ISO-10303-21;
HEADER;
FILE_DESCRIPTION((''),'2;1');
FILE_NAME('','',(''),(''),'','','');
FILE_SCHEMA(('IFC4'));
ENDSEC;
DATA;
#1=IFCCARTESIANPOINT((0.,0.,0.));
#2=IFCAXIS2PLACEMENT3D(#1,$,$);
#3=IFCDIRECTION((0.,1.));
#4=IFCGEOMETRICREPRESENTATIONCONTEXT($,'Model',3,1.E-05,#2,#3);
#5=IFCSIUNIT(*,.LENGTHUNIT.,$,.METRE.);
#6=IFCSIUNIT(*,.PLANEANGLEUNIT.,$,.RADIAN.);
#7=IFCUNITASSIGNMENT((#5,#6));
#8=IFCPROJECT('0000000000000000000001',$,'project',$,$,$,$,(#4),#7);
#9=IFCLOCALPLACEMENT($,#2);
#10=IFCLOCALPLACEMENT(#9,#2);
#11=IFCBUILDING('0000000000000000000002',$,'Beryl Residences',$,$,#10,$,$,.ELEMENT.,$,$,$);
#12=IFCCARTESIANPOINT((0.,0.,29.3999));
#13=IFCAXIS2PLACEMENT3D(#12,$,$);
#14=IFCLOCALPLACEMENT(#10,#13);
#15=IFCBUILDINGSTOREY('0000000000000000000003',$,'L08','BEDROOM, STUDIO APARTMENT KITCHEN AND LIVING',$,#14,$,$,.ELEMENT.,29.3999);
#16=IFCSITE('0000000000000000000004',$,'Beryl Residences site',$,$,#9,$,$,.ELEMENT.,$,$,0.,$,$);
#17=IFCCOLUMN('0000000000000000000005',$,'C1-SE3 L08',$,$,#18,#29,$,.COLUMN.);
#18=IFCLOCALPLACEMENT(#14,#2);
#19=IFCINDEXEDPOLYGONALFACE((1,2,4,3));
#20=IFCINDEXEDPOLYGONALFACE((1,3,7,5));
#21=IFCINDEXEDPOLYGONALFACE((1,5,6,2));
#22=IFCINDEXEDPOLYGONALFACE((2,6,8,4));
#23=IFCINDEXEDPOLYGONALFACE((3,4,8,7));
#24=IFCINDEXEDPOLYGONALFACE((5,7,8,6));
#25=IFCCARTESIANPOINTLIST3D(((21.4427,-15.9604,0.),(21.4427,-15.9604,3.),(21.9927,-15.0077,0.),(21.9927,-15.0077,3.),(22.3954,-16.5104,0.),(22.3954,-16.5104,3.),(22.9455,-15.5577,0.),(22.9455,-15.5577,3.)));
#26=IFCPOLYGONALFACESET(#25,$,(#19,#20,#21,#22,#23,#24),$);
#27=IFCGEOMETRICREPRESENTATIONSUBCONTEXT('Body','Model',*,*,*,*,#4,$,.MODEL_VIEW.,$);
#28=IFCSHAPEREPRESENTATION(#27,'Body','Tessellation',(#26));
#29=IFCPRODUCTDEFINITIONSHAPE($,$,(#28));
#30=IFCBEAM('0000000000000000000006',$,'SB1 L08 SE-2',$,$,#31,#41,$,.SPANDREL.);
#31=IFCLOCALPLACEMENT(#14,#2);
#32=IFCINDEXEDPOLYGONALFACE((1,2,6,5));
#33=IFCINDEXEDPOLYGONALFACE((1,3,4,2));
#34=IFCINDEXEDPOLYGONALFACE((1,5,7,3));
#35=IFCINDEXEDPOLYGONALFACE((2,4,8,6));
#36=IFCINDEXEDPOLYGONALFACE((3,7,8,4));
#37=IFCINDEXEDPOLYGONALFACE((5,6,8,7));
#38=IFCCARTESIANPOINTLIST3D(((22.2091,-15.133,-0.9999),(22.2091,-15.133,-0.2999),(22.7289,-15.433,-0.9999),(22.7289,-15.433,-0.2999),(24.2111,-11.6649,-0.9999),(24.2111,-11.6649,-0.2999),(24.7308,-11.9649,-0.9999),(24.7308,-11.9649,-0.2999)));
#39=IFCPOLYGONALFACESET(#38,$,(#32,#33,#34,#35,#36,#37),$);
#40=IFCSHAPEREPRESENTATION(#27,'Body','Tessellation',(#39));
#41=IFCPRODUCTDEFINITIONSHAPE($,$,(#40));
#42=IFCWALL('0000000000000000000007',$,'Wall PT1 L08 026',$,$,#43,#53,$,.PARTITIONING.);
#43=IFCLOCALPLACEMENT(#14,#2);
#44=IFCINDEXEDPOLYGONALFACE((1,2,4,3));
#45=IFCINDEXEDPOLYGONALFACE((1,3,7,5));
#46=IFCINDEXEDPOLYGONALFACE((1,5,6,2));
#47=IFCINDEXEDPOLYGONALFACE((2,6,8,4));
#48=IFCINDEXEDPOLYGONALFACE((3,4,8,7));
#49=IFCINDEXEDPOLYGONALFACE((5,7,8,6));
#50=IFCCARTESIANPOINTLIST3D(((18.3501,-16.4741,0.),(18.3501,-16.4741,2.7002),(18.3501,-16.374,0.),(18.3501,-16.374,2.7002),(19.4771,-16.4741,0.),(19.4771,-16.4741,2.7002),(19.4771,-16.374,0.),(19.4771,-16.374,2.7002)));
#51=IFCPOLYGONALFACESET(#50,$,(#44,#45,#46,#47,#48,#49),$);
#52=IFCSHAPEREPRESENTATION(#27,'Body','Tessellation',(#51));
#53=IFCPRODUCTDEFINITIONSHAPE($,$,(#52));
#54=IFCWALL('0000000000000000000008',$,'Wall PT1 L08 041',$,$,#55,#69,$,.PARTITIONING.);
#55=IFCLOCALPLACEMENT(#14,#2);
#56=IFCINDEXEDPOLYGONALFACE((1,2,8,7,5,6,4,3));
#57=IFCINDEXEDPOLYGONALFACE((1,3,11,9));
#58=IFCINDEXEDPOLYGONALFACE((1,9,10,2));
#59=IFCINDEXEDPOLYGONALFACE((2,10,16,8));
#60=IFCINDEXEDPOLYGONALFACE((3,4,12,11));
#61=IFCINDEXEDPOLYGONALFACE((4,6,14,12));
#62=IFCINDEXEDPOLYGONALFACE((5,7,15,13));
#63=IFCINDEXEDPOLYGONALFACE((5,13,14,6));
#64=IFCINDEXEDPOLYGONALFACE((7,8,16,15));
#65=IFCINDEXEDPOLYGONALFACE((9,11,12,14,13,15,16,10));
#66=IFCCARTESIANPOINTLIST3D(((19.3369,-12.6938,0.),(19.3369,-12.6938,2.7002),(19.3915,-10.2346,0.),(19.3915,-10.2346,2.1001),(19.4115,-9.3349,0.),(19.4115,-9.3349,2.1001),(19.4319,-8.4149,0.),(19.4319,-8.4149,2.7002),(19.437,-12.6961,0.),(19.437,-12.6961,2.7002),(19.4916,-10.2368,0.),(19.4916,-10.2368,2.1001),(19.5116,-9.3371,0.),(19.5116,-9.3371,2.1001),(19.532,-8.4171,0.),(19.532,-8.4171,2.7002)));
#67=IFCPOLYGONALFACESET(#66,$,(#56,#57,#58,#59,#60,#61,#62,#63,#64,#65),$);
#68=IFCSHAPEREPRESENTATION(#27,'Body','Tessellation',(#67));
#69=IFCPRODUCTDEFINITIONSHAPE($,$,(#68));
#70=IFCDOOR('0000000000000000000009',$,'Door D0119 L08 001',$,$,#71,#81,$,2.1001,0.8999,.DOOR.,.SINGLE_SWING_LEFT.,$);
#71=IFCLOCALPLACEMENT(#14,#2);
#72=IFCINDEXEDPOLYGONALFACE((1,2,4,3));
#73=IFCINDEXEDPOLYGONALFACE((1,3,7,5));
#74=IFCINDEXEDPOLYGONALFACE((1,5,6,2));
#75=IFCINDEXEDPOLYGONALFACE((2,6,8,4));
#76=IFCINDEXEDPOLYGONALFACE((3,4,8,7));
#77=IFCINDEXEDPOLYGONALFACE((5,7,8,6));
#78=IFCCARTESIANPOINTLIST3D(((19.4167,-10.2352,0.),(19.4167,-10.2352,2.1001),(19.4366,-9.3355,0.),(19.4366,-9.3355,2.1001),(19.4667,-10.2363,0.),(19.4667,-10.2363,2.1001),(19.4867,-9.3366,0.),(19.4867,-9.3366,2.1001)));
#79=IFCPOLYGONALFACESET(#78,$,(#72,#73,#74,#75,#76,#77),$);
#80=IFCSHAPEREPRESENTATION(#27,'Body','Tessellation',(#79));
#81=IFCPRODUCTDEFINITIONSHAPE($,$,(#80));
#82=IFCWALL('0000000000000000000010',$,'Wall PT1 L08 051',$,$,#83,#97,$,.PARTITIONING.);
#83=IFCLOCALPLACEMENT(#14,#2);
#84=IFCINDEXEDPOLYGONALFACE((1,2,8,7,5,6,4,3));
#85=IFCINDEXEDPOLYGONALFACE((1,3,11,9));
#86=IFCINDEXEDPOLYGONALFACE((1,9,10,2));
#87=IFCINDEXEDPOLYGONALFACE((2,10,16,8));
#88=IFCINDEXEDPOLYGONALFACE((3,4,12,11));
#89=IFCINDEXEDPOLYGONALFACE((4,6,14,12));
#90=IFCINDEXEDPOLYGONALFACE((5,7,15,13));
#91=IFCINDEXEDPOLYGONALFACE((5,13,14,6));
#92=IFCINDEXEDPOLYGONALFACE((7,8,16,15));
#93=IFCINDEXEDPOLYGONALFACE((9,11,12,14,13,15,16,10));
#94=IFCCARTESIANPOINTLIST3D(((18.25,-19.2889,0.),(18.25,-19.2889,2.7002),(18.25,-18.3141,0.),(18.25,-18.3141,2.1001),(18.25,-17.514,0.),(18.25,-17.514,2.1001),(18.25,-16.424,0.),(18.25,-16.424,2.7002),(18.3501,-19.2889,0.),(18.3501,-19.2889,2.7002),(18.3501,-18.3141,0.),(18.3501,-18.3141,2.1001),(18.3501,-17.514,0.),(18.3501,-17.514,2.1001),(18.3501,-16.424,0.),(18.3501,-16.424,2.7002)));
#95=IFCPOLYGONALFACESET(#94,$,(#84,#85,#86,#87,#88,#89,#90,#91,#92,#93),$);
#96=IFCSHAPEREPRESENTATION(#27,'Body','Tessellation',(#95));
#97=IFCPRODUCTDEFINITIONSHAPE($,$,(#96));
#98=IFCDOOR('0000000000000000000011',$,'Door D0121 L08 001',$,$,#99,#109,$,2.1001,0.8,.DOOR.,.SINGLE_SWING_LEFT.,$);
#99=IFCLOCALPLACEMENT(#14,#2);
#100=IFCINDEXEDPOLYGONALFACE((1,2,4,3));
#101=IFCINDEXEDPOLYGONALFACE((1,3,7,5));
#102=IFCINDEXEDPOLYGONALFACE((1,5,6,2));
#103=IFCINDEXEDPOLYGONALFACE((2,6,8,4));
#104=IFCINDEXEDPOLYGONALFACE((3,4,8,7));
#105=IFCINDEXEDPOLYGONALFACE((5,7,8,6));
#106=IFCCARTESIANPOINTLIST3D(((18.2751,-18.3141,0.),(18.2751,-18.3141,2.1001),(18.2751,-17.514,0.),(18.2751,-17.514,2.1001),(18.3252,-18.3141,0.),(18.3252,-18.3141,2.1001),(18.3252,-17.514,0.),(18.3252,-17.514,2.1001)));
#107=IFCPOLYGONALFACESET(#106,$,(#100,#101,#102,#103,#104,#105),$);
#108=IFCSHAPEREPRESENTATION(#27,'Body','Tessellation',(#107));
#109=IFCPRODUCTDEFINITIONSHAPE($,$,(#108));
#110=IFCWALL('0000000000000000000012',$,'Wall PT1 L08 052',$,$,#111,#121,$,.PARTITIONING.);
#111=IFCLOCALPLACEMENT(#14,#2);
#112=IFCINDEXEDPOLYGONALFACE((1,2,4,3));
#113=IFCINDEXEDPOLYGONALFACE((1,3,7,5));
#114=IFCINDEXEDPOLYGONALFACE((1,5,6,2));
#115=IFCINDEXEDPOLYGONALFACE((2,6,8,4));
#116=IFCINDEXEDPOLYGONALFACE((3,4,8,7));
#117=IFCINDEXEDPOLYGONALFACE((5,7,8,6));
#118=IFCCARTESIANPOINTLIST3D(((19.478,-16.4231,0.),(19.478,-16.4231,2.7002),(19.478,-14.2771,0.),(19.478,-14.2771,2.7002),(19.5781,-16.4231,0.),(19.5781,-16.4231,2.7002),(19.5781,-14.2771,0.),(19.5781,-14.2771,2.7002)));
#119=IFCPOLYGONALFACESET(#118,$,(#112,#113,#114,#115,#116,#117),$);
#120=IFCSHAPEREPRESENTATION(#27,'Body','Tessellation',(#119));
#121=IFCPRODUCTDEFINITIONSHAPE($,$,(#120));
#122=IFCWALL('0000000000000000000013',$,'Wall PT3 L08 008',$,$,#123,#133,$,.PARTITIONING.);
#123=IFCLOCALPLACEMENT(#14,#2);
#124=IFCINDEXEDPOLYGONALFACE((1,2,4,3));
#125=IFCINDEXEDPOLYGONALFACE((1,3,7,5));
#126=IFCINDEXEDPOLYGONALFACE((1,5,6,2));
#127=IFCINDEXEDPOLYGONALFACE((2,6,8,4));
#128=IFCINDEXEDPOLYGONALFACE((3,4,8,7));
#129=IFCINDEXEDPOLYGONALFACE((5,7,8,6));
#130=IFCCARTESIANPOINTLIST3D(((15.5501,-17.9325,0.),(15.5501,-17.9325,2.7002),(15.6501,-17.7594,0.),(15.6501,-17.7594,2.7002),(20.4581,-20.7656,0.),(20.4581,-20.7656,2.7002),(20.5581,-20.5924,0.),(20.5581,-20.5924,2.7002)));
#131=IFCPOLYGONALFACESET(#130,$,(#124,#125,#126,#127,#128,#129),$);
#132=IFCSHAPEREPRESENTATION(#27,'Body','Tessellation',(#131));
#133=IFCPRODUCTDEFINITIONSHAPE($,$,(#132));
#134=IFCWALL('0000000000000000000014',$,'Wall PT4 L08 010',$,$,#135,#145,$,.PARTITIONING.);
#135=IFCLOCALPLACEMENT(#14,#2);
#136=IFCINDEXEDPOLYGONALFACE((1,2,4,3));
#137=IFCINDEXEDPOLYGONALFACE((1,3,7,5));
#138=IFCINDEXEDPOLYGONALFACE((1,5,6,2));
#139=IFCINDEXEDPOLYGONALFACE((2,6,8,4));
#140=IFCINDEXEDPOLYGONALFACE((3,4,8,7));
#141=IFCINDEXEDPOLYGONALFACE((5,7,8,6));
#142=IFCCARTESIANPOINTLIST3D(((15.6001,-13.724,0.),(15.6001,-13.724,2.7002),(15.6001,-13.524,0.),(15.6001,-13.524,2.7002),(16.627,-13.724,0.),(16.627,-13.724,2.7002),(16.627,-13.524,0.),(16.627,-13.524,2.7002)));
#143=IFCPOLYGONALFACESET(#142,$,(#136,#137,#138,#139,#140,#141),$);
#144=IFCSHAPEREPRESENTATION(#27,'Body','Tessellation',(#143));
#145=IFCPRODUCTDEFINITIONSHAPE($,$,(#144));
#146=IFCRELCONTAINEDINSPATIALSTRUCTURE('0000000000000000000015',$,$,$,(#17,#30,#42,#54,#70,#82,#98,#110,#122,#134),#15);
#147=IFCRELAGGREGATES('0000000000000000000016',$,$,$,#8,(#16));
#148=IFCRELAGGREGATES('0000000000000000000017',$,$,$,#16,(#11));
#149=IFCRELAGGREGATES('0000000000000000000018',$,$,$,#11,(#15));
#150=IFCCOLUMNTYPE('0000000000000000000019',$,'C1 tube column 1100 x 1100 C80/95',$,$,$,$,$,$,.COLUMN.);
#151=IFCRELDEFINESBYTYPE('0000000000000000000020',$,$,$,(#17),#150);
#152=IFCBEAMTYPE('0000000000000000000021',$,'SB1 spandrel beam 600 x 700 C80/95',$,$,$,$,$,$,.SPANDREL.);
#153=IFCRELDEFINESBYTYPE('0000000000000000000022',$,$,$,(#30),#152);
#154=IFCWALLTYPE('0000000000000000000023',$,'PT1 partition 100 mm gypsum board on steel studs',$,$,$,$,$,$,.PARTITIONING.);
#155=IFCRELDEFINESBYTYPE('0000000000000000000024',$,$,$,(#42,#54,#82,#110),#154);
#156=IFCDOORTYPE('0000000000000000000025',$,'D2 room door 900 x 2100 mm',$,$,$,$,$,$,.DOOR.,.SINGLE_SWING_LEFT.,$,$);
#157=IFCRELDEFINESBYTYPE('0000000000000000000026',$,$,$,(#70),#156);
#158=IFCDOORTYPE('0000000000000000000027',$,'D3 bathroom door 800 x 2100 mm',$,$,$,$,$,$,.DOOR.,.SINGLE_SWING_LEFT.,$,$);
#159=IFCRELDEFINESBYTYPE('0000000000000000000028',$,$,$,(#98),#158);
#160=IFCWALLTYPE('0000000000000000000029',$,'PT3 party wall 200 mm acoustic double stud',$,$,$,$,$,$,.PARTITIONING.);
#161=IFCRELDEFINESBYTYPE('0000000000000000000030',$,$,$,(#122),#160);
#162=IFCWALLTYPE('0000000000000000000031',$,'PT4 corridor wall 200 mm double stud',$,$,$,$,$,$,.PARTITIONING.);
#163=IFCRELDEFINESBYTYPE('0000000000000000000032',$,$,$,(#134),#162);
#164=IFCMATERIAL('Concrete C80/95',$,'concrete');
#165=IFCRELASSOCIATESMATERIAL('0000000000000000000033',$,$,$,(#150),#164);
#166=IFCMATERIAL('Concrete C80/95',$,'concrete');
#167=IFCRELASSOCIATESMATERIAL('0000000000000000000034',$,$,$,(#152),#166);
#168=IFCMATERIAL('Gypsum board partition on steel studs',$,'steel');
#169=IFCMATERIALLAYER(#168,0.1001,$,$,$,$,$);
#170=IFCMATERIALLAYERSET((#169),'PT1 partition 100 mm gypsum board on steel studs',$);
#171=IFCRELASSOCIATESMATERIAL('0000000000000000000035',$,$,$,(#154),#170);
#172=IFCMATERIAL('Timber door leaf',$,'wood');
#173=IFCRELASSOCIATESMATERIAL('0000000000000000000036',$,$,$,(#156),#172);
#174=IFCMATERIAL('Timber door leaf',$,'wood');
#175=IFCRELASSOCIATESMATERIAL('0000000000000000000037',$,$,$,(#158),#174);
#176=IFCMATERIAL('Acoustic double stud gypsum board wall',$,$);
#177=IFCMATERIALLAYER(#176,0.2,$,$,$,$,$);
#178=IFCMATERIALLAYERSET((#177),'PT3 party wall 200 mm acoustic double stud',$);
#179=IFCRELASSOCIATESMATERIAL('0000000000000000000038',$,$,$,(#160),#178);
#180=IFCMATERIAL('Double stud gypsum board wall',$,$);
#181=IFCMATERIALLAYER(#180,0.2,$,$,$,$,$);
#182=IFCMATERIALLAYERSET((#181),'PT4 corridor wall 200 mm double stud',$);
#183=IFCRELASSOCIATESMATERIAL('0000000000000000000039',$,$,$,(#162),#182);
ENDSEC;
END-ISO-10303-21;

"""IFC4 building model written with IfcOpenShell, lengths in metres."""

from ifc_helpers import new_model, si_unit, direction, frame, frame_2d, origin, origin_2d, place, context, subcontext, project, spatial, rectangle, extrude, material, layer, layer_set, material_profile, profile_set, type_object, element, fill, save


model = new_model("IFC4")

# Units and contexts
model_context = context("Model", 3, precision=1e-05, world=origin(), true_north=direction((0.0, 1.0)))
body_context = subcontext(model_context, "Body", "Model", "MODEL_VIEW")
ifc_project = project(units=[si_unit("LENGTHUNIT", "METRE"), si_unit("PLANEANGLEUNIT", "RADIAN")], contexts=[model_context])

# Site, building, storey
site_placement = place(None, origin())
site = spatial("IfcSite", under=ifc_project, at=site_placement, Name="Beryl Residences site", CompositionType="ELEMENT", RefElevation=0.0)
building_placement = place(site_placement, origin())
building = spatial("IfcBuilding", under=site, at=building_placement, Name="Beryl Residences", CompositionType="ELEMENT")
storey_placement = place(building_placement, frame((0.0, 0.0, 29.3999)))
storey = spatial("IfcBuildingStorey", under=building, at=storey_placement, Name="L08", Description="BEDROOM, STUDIO APARTMENT KITCHEN AND LIVING", CompositionType="ELEMENT", Elevation=29.3999)

# Column
ifc_material_1 = material(Name="Concrete C80/95", Category="concrete")
ifc_material_profile_1 = material_profile(ifc_material_1, rectangle(XDim=1.1001, YDim=1.1001, at=origin_2d()))
ifc_profile_set_1 = profile_set([ifc_material_profile_1], Name="Concrete C80/95")
column_type = type_object("IfcColumnType", Name="C1 tube column 1100 x 1100 C80/95", PredefinedType="COLUMN", material=ifc_profile_set_1)
column_placement = place(storey_placement, frame((22.1941, -15.759, 0.0), z_axis=(0.0, 0.0, 1.0), x_axis=(0.499985, 0.866034, 0.0)))
element("IfcColumn", 1, at=column_placement, inside=storey, type_object=column_type, Name="C1-SE3 L08", PredefinedType="COLUMN", context=body_context, shape_type="SweptSolid", body=[
    extrude(rectangle(XDim=1.1001, YDim=1.1001, at=origin_2d()), origin(), (0.0, 0.0, 1.0), 3.0),
])

# Beam
ifc_material_2 = material(Name="Concrete C80/95", Category="concrete")
ifc_material_profile_2 = material_profile(ifc_material_2, rectangle(XDim=0.6001, YDim=0.7, at=origin_2d()))
ifc_profile_set_2 = profile_set([ifc_material_profile_2], Name="Concrete C80/95")
beam_type = type_object("IfcBeamType", Name="SB1 spandrel beam 600 x 700 C80/95", PredefinedType="SPANDREL", material=ifc_profile_set_2)
beam_placement = place(storey_placement, frame((22.469, -15.283, -0.6499), z_axis=(0.499942, 0.866059, 0.0), x_axis=(-0.866059, 0.499942, 0.0)))
element("IfcBeam", 2, at=beam_placement, inside=storey, type_object=beam_type, Name="SB1 L08 SE-2", PredefinedType="SPANDREL", context=body_context, shape_type="SweptSolid", body=[
    extrude(rectangle(XDim=0.6001, YDim=0.7, at=origin_2d()), origin(), (0.0, 0.0, 1.0), 4.0044),
])

# Wall
ifc_material_3 = material(Name="Gypsum board partition on steel studs", Category="steel")
ifc_layer_1 = layer(ifc_material_3, 0.1001)
ifc_layer_set_1 = layer_set([ifc_layer_1], Name="PT1 partition 100 mm gypsum board on steel studs")
wall_type_1 = type_object("IfcWallType", Name="PT1 partition 100 mm gypsum board on steel studs", PredefinedType="PARTITIONING", material=ifc_layer_set_1)
wall_1_placement = place(storey_placement, frame((18.3501, -16.4241, 0.0), z_axis=(0.0, 0.0, 1.0), x_axis=(1.0, 0.0, 0.0)))
element("IfcWall", 3, at=wall_1_placement, inside=storey, type_object=wall_type_1, Name="Wall PT1 L08 026", PredefinedType="PARTITIONING", context=body_context, shape_type="SweptSolid", body=[
    extrude(rectangle(XDim=1.127, YDim=0.1001, at=frame_2d((0.5635, 0.0))), origin(), (0.0, 0.0, 1.0), 2.7002),
])

# Walls, openings, doors
wall_2_placement = place(storey_placement, frame((19.387, -12.6951, 0.0), z_axis=(0.0, 0.0, 1.0), x_axis=(0.022189, 0.999754, 0.0)))
wall_2 = element("IfcWall", 4, at=wall_2_placement, inside=storey, type_object=wall_type_1, Name="Wall PT1 L08 041", PredefinedType="PARTITIONING", context=body_context, shape_type="SweptSolid", body=[
    extrude(rectangle(XDim=4.28, YDim=0.1001, at=frame_2d((2.1401, 0.0))), origin(), (0.0, 0.0, 1.0), 2.7002),
])
opening_1_placement = place(wall_2_placement, frame((2.46, 0.0, 0.0)))
opening_1 = element("IfcOpeningElement", 5, at=opening_1_placement, cuts=wall_2, PredefinedType="OPENING", context=body_context, shape_type="SweptSolid", body=[
    extrude(rectangle(XDim=0.8999, YDim=2.1001, at=frame_2d((0.45, 1.05))), frame((0.0, 0.0601, 0.0), z_axis=(0.0, -1.0, 0.0), x_axis=(1.0, 0.0, 0.0)), (0.0, 0.0, 1.0), 0.1201),
])
ifc_material_4 = material(Name="Timber door leaf", Category="wood")
door_type_1 = type_object("IfcDoorType", Name="D2 room door 900 x 2100 mm", OperationType="SINGLE_SWING_LEFT", PredefinedType="DOOR", material=ifc_material_4)
door_1_placement = place(opening_1_placement, origin())
door_1 = element("IfcDoor", 6, at=door_1_placement, inside=storey, type_object=door_type_1, Name="Door D0119 L08 001", OperationType="SINGLE_SWING_LEFT", OverallHeight=2.1001, OverallWidth=0.8999, PredefinedType="DOOR", context=body_context, shape_type="SweptSolid", body=[
    extrude(rectangle(XDim=0.8999, YDim=2.1001, at=frame_2d((0.45, 1.05))), frame((0.0, 0.0249, 0.0), z_axis=(0.0, -1.0, 0.0), x_axis=(1.0, 0.0, 0.0)), (0.0, 0.0, 1.0), 0.05),
])
fill(opening_1, door_1)
wall_3_placement = place(storey_placement, frame((18.3, -19.2891, 0.0), z_axis=(0.0, 0.0, 1.0), x_axis=(0.0, 1.0, 0.0)))
wall_3 = element("IfcWall", 7, at=wall_3_placement, inside=storey, type_object=wall_type_1, Name="Wall PT1 L08 051", PredefinedType="PARTITIONING", context=body_context, shape_type="SweptSolid", body=[
    extrude(rectangle(XDim=2.865, YDim=0.1001, at=frame_2d((1.4326, 0.0))), origin(), (0.0, 0.0, 1.0), 2.7002),
])
opening_2_placement = place(wall_3_placement, frame((0.9751, 0.0, 0.0)))
opening_2 = element("IfcOpeningElement", 8, at=opening_2_placement, cuts=wall_3, PredefinedType="OPENING", context=body_context, shape_type="SweptSolid", body=[
    extrude(rectangle(XDim=0.8, YDim=2.1001, at=frame_2d((0.3999, 1.05))), frame((0.0, 0.0601, 0.0), z_axis=(0.0, -1.0, 0.0), x_axis=(1.0, 0.0, 0.0)), (0.0, 0.0, 1.0), 0.1201),
])
ifc_material_5 = material(Name="Timber door leaf", Category="wood")
door_type_2 = type_object("IfcDoorType", Name="D3 bathroom door 800 x 2100 mm", OperationType="SINGLE_SWING_LEFT", PredefinedType="DOOR", material=ifc_material_5)
door_2_placement = place(opening_2_placement, origin())
door_2 = element("IfcDoor", 9, at=door_2_placement, inside=storey, type_object=door_type_2, Name="Door D0121 L08 001", OperationType="SINGLE_SWING_LEFT", OverallHeight=2.1001, OverallWidth=0.8, PredefinedType="DOOR", context=body_context, shape_type="SweptSolid", body=[
    extrude(rectangle(XDim=0.8, YDim=2.1001, at=frame_2d((0.3999, 1.05))), frame((0.0, 0.0249, 0.0), z_axis=(0.0, -1.0, 0.0), x_axis=(1.0, 0.0, 0.0)), (0.0, 0.0, 1.0), 0.05),
])
fill(opening_2, door_2)

# Walls
wall_4_placement = place(storey_placement, frame((19.5281, -16.4231, 0.0), z_axis=(0.0, 0.0, 1.0), x_axis=(0.0, 1.0, 0.0)))
element("IfcWall", 10, at=wall_4_placement, inside=storey, type_object=wall_type_1, Name="Wall PT1 L08 052", PredefinedType="PARTITIONING", context=body_context, shape_type="SweptSolid", body=[
    extrude(rectangle(XDim=2.146, YDim=0.1001, at=frame_2d((1.073, 0.0))), origin(), (0.0, 0.0, 1.0), 2.7002),
])
ifc_material_6 = material(Name="Acoustic double stud gypsum board wall")
ifc_layer_2 = layer(ifc_material_6, 0.2)
ifc_layer_set_2 = layer_set([ifc_layer_2], Name="PT3 party wall 200 mm acoustic double stud")
wall_type_2 = type_object("IfcWallType", Name="PT3 party wall 200 mm acoustic double stud", PredefinedType="PARTITIONING", material=ifc_layer_set_2)
wall_5_placement = place(storey_placement, frame((15.6001, -17.8459, 0.0), z_axis=(0.0, 0.0, 1.0), x_axis=(0.866072, -0.49992, 0.0)))
element("IfcWall", 11, at=wall_5_placement, inside=storey, type_object=wall_type_2, Name="Wall PT3 L08 008", PredefinedType="PARTITIONING", context=body_context, shape_type="SweptSolid", body=[
    extrude(rectangle(XDim=5.667, YDim=0.2, at=frame_2d((2.8335, 0.0))), origin(), (0.0, 0.0, 1.0), 2.7002),
])
ifc_material_7 = material(Name="Double stud gypsum board wall")
ifc_layer_3 = layer(ifc_material_7, 0.2)
ifc_layer_set_3 = layer_set([ifc_layer_3], Name="PT4 corridor wall 200 mm double stud")
wall_type_3 = type_object("IfcWallType", Name="PT4 corridor wall 200 mm double stud", PredefinedType="PARTITIONING", material=ifc_layer_set_3)
wall_6_placement = place(storey_placement, frame((15.6001, -13.624, 0.0), z_axis=(0.0, 0.0, 1.0), x_axis=(1.0, 0.0, 0.0)))
element("IfcWall", 12, at=wall_6_placement, inside=storey, type_object=wall_type_3, Name="Wall PT4 L08 010", PredefinedType="PARTITIONING", context=body_context, shape_type="SweptSolid", body=[
    extrude(rectangle(XDim=1.0269, YDim=0.2, at=frame_2d((0.5134, 0.0))), origin(), (0.0, 0.0, 1.0), 2.7002),
])

save(model, "model.ifc")
